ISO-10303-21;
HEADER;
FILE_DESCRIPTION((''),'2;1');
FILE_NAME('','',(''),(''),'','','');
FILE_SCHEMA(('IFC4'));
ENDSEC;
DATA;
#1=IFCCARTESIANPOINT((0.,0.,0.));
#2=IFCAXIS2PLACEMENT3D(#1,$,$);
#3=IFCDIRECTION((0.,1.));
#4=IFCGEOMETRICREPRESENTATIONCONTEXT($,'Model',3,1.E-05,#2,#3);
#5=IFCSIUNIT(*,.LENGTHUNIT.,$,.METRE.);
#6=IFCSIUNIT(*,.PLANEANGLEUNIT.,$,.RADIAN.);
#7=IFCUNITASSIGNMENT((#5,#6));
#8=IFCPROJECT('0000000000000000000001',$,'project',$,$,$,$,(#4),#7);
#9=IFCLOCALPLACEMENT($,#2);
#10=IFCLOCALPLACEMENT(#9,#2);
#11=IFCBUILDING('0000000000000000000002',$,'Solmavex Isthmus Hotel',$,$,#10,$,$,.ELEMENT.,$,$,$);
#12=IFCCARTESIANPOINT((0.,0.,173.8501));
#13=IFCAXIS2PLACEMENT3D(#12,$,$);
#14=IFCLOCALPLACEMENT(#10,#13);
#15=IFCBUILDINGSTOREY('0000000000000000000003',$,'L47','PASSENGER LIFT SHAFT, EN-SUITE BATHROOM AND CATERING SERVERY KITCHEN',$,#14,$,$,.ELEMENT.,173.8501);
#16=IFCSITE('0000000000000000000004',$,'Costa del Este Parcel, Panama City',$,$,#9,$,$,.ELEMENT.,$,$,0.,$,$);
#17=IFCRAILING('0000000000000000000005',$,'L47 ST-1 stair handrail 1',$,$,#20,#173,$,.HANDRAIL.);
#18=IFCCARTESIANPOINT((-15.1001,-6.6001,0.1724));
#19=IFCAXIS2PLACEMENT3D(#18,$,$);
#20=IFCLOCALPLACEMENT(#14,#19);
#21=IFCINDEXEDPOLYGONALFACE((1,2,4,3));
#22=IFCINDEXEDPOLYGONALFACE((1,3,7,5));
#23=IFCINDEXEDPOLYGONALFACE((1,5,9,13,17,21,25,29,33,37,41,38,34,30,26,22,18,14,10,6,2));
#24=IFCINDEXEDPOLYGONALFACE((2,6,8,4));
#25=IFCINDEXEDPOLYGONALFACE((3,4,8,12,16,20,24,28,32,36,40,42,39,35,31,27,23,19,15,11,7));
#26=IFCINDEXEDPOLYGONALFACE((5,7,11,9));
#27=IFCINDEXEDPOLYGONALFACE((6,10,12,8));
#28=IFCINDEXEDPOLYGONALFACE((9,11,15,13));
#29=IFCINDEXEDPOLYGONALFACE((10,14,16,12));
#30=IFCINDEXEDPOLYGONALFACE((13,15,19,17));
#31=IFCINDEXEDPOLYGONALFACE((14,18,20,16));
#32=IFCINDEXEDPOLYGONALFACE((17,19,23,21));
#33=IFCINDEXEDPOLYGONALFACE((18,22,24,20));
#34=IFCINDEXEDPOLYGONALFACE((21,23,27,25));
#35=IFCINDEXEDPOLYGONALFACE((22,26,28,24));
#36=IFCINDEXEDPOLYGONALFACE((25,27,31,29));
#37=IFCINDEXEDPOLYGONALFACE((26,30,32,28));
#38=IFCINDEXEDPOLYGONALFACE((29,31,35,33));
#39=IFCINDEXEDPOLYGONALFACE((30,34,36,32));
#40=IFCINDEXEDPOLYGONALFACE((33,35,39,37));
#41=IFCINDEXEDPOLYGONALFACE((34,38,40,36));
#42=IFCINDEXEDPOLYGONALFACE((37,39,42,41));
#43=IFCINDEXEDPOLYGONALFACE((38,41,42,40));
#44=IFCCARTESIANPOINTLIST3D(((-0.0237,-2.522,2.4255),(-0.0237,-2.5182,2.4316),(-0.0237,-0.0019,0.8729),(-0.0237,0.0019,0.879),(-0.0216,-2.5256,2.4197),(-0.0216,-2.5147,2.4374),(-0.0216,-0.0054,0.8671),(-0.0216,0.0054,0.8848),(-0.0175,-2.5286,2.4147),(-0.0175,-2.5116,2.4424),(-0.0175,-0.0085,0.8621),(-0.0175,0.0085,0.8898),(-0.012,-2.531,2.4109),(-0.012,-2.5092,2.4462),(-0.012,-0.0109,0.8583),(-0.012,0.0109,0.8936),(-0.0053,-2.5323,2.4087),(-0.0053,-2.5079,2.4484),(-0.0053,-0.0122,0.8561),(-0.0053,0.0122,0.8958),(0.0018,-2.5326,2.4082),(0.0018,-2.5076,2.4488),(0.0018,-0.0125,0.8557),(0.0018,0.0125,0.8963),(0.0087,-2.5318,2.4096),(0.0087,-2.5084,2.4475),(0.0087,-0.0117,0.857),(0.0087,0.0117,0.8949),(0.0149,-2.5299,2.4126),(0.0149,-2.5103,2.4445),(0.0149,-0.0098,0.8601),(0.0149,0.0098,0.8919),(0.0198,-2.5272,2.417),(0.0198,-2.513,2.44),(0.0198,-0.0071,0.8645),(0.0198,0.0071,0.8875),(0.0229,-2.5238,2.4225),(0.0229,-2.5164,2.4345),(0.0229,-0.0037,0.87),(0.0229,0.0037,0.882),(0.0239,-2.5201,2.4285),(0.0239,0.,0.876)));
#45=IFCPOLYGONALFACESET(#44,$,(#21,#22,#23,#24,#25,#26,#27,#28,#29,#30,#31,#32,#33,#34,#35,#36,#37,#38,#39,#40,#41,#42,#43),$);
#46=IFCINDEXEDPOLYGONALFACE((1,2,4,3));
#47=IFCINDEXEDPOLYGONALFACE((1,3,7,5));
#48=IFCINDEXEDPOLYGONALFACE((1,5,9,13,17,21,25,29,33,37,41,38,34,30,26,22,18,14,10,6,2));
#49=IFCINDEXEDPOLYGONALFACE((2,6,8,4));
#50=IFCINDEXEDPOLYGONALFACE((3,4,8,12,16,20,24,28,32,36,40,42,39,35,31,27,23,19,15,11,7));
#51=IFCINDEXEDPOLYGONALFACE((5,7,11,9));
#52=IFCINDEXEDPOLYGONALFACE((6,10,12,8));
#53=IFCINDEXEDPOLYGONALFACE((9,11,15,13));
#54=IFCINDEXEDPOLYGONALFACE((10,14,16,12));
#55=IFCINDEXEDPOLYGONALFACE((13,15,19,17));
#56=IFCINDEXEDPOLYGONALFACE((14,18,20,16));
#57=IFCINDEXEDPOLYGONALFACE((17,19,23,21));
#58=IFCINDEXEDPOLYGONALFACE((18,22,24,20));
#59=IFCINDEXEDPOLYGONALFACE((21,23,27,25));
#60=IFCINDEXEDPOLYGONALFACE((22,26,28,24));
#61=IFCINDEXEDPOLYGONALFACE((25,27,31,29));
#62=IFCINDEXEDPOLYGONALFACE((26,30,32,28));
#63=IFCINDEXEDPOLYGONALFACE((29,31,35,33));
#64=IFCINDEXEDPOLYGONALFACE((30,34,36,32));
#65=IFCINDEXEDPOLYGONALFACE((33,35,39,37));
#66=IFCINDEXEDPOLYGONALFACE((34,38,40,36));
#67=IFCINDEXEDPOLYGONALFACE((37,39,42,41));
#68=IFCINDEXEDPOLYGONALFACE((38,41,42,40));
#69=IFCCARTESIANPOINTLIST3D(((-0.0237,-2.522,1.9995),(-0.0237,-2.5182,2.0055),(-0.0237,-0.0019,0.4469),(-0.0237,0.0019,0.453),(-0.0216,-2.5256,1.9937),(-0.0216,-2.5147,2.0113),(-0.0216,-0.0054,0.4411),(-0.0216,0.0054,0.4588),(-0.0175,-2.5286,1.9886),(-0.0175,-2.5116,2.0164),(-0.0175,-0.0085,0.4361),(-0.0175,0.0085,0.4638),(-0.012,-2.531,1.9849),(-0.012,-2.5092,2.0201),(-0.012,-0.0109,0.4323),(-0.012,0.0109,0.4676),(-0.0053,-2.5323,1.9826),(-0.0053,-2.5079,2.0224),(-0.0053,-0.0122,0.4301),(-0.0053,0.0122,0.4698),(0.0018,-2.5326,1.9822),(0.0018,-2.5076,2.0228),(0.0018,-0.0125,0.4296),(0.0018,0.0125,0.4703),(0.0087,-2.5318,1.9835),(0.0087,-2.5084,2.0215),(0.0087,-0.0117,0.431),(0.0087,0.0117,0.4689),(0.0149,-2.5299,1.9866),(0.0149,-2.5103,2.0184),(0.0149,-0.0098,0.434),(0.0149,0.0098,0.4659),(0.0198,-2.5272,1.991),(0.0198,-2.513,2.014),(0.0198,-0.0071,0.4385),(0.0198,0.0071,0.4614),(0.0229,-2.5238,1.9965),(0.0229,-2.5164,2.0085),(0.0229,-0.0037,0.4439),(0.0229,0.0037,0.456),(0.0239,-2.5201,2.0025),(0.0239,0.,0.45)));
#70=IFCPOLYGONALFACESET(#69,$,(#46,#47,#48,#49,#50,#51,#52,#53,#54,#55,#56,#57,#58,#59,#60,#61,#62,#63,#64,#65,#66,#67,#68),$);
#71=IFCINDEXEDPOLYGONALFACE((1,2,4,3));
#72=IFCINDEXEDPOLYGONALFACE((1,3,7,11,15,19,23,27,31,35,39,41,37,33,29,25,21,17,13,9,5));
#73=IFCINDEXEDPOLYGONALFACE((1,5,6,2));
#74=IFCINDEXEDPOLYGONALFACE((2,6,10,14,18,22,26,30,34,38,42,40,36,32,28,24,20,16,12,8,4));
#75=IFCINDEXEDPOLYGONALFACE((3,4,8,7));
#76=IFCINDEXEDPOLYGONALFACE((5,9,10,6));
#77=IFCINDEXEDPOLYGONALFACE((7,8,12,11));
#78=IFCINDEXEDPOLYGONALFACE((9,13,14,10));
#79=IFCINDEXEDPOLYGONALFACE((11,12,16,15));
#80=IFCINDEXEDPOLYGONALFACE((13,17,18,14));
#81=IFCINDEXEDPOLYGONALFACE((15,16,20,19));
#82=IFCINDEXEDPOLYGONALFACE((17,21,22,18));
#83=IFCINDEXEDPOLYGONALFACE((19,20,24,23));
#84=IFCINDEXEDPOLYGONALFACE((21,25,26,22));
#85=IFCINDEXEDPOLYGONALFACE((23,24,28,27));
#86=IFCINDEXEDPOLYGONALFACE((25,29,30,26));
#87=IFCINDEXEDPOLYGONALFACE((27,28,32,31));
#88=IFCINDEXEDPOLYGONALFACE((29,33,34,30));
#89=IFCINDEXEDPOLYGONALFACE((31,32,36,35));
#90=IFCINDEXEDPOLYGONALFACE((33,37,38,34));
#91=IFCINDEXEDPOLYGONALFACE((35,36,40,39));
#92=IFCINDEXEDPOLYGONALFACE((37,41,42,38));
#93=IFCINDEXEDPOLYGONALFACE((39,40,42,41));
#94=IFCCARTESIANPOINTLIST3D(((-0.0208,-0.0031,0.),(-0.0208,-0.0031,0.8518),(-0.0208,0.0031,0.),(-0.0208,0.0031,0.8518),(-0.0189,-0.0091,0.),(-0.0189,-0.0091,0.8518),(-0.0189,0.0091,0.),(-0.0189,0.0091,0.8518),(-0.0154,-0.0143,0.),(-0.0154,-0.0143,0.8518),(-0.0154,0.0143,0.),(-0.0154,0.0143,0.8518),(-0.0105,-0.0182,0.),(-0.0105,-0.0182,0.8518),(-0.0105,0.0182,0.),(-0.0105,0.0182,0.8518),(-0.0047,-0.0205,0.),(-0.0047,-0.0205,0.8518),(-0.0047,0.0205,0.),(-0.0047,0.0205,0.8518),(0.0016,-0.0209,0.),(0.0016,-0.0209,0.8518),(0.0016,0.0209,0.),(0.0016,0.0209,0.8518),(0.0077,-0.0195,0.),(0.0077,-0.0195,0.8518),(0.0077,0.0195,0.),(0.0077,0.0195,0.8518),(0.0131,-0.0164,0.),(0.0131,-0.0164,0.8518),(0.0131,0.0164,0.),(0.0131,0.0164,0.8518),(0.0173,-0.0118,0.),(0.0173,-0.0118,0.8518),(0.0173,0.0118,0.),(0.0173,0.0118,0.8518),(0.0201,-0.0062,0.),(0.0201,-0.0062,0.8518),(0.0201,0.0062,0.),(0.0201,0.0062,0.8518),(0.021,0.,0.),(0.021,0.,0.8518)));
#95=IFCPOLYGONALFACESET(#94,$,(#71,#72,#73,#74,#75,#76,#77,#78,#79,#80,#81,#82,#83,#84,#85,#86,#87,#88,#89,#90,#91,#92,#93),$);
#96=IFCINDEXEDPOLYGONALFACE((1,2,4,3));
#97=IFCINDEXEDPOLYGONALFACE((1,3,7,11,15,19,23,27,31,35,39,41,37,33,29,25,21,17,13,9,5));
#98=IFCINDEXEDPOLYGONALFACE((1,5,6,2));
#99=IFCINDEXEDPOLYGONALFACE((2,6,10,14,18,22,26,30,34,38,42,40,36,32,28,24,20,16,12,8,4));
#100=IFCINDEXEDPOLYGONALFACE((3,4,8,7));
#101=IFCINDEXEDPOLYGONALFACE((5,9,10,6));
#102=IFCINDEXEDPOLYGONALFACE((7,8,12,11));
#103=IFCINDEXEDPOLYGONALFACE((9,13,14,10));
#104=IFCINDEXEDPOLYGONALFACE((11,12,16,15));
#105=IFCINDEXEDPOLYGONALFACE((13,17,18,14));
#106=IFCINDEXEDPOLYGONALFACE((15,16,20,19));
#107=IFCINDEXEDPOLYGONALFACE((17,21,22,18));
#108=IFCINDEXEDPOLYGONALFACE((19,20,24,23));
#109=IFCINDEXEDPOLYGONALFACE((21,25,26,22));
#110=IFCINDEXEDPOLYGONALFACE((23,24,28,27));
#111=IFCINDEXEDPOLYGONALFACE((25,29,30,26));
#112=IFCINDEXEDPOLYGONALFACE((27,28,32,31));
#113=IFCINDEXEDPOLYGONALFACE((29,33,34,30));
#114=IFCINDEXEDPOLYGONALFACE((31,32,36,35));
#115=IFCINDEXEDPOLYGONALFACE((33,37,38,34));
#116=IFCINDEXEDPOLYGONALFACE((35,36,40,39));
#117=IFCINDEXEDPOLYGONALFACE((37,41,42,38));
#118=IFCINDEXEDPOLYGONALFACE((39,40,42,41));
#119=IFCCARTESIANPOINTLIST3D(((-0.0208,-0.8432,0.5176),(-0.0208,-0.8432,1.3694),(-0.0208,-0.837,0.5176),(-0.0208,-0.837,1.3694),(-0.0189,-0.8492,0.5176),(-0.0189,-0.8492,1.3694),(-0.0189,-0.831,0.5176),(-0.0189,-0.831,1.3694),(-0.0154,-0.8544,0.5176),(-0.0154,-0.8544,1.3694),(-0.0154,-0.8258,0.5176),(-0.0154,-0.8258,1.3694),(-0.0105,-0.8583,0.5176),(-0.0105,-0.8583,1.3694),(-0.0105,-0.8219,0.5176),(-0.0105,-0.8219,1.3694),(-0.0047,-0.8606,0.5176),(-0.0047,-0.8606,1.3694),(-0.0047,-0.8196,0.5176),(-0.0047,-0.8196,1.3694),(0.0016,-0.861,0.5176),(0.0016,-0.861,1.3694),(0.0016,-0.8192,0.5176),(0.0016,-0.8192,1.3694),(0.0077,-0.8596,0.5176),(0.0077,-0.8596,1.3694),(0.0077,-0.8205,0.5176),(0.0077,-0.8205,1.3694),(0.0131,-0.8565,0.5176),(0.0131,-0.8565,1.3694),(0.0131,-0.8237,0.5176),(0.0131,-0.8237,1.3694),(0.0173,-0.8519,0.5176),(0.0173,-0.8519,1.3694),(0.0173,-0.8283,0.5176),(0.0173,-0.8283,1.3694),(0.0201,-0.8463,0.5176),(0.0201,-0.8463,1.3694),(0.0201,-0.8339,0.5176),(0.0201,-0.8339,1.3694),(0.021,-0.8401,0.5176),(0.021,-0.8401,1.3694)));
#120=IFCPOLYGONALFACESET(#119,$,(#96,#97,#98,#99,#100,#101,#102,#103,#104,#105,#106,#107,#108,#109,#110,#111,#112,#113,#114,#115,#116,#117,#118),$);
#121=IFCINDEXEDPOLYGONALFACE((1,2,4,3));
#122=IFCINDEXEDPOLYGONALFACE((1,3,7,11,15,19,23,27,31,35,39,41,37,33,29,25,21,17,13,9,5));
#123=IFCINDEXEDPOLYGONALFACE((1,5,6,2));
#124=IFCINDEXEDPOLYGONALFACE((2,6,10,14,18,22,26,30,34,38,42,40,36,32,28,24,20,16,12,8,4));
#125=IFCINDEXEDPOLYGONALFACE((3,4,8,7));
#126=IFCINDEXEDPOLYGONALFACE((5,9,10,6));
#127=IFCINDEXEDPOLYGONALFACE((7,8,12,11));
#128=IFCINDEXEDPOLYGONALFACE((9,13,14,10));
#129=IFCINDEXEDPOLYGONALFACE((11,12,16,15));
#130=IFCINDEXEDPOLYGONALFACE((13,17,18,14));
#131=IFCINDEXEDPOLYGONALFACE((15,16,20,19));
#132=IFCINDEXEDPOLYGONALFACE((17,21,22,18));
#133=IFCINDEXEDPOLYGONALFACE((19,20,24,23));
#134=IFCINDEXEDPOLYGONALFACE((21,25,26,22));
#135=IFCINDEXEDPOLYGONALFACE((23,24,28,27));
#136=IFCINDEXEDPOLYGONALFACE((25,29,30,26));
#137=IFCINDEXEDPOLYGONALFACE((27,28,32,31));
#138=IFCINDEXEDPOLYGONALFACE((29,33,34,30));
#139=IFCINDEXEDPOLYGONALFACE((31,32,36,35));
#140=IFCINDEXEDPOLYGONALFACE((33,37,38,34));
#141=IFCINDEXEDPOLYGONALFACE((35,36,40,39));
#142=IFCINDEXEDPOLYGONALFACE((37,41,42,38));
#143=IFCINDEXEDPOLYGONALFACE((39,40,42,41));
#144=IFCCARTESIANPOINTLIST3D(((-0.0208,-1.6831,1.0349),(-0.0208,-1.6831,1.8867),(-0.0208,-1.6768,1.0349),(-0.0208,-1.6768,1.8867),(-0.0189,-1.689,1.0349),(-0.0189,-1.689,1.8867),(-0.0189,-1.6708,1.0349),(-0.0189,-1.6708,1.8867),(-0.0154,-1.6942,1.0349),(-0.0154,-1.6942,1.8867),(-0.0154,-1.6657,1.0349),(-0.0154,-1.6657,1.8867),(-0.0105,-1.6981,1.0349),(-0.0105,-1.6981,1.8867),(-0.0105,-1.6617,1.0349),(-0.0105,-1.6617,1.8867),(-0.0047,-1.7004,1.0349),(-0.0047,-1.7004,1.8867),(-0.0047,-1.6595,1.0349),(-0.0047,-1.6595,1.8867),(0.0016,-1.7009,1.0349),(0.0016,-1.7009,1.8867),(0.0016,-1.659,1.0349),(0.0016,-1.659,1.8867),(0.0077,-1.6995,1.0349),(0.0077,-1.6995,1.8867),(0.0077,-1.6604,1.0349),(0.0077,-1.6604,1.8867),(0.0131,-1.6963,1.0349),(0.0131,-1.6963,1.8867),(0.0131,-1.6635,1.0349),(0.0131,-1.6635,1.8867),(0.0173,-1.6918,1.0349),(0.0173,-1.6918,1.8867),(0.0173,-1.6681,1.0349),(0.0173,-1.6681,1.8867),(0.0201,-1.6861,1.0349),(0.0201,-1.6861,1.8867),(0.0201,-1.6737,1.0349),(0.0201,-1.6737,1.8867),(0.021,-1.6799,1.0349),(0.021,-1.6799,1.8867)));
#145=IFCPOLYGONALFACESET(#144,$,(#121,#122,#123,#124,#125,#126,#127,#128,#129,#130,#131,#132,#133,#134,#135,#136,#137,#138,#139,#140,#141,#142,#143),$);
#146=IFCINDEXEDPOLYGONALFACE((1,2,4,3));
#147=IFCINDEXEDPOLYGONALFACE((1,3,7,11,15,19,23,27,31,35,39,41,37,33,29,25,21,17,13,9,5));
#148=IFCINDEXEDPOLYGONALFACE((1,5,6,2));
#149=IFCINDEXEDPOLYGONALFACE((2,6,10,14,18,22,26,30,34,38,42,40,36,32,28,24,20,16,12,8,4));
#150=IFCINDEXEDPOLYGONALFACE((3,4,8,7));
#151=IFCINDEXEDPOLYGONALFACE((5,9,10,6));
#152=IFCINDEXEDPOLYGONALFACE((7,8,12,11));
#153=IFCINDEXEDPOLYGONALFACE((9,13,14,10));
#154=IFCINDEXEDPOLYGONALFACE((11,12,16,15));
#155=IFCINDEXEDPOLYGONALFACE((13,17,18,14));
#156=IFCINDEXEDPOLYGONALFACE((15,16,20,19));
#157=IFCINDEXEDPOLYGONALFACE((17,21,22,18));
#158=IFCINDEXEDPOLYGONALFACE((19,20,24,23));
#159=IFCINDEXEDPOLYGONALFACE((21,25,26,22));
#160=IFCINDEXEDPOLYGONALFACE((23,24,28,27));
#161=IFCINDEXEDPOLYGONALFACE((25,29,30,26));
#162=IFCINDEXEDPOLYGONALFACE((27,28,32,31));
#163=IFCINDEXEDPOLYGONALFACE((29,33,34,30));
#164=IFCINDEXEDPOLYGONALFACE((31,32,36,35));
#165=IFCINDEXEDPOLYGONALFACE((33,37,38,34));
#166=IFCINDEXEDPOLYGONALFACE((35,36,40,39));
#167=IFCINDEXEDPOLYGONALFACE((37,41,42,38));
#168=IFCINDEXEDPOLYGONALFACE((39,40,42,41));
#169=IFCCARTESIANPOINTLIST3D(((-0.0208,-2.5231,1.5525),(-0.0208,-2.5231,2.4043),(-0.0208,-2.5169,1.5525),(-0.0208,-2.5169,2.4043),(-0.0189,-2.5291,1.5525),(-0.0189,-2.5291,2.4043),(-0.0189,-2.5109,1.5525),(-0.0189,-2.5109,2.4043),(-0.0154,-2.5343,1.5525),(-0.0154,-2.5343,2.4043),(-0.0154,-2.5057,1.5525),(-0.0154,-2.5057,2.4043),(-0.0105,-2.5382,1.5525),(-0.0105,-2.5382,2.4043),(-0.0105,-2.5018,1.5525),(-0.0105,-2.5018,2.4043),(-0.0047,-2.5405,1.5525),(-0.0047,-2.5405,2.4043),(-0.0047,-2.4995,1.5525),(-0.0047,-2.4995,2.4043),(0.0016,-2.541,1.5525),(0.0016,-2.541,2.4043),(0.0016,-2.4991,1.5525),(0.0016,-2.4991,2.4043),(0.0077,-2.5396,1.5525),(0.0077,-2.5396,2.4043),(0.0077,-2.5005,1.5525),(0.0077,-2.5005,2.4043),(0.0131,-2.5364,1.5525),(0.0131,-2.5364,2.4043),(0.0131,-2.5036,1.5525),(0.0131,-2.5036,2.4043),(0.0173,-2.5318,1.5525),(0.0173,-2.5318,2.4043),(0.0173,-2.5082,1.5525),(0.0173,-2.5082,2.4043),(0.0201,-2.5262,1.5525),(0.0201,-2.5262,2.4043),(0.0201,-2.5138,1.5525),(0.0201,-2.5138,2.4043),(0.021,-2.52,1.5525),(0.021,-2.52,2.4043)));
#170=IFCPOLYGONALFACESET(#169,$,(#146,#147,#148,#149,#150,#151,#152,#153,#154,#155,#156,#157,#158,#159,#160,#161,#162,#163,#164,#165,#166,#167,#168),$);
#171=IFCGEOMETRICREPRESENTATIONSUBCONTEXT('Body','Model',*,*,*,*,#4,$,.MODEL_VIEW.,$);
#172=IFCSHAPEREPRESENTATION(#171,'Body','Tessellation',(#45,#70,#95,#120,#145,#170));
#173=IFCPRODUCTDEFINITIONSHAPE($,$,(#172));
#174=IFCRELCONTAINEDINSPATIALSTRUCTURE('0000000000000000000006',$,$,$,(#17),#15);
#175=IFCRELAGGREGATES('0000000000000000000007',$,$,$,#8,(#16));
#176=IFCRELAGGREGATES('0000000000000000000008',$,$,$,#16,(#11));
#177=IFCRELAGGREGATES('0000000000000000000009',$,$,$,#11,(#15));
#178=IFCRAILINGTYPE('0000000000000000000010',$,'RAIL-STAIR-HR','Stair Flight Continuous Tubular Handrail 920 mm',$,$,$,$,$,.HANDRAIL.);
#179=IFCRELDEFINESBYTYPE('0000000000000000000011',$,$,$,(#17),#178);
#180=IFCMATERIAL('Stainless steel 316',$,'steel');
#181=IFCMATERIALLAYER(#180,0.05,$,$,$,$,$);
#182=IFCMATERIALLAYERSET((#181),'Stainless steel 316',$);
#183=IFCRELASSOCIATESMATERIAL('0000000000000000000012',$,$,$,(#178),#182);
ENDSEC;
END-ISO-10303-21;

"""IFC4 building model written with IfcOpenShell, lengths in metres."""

from ifc_helpers import new_model, si_unit, direction, frame, origin, origin_2d, place, context, subcontext, project, spatial, circle, extrude, material, layer, layer_set, type_object, element, save


model = new_model("IFC4")

# Units and contexts
model_context = context("Model", 3, precision=1e-05, world=origin(), true_north=direction((0.0, 1.0)))
body_context = subcontext(model_context, "Body", "Model", "MODEL_VIEW")
ifc_project = project(units=[si_unit("LENGTHUNIT", "METRE"), si_unit("PLANEANGLEUNIT", "RADIAN")], contexts=[model_context])

# Site, building, storey
site_placement = place(None, origin())
site = spatial("IfcSite", under=ifc_project, at=site_placement, Name="Costa del Este Parcel, Panama City", CompositionType="ELEMENT", RefElevation=0.0)
building_placement = place(site_placement, origin())
building = spatial("IfcBuilding", under=site, at=building_placement, Name="Solmavex Isthmus Hotel", CompositionType="ELEMENT")
storey_placement = place(building_placement, frame((0.0, 0.0, 173.8501)))
storey = spatial("IfcBuildingStorey", under=building, at=storey_placement, Name="L47", Description="PASSENGER LIFT SHAFT, EN-SUITE BATHROOM AND CATERING SERVERY KITCHEN", CompositionType="ELEMENT", Elevation=173.8501)

# Railing
ifc_material_1 = material(Name="Stainless steel 316", Category="steel")
ifc_layer_1 = layer(ifc_material_1, 0.05)
ifc_layer_set_1 = layer_set([ifc_layer_1], Name="Stainless steel 316")
railing_type_1 = type_object("IfcRailingType", Name="RAIL-STAIR-HR", Description="Stair Flight Continuous Tubular Handrail 920 mm", PredefinedType="HANDRAIL", material=ifc_layer_set_1)
railing_1_placement = place(storey_placement, frame((-15.1001, -6.6001, 0.1724)))
element("IfcRailing", 1, at=railing_1_placement, inside=storey, type_object=railing_type_1, Name="L47 ST-1 stair handrail 1", PredefinedType="HANDRAIL", context=body_context, shape_type="SweptSolid", body=[
    extrude(circle(Radius=0.0239, at=origin_2d()), frame((0.0, 0.0, 0.876), z_axis=(0.0, -0.8514, 0.524516), x_axis=(1.0, 0.0, 0.0)), (0.0, 0.0, 1.0), 2.96),
    extrude(circle(Radius=0.0239, at=origin_2d()), frame((0.0, 0.0, 0.45), z_axis=(0.0, -0.8514, 0.524516), x_axis=(1.0, 0.0, 0.0)), (0.0, 0.0, 1.0), 2.96),
    extrude(circle(Radius=0.021, at=origin_2d()), origin(), (0.0, 0.0, 1.0), 0.8518),
    extrude(circle(Radius=0.021, at=origin_2d()), frame((0.0, -0.8401, 0.5176)), (0.0, 0.0, 1.0), 0.8518),
    extrude(circle(Radius=0.021, at=origin_2d()), frame((0.0, -1.6799, 1.0349)), (0.0, 0.0, 1.0), 0.8518),
    extrude(circle(Radius=0.021, at=origin_2d()), frame((0.0, -2.52, 1.5525)), (0.0, 0.0, 1.0), 0.8518),
])

save(model, "model.ifc")
